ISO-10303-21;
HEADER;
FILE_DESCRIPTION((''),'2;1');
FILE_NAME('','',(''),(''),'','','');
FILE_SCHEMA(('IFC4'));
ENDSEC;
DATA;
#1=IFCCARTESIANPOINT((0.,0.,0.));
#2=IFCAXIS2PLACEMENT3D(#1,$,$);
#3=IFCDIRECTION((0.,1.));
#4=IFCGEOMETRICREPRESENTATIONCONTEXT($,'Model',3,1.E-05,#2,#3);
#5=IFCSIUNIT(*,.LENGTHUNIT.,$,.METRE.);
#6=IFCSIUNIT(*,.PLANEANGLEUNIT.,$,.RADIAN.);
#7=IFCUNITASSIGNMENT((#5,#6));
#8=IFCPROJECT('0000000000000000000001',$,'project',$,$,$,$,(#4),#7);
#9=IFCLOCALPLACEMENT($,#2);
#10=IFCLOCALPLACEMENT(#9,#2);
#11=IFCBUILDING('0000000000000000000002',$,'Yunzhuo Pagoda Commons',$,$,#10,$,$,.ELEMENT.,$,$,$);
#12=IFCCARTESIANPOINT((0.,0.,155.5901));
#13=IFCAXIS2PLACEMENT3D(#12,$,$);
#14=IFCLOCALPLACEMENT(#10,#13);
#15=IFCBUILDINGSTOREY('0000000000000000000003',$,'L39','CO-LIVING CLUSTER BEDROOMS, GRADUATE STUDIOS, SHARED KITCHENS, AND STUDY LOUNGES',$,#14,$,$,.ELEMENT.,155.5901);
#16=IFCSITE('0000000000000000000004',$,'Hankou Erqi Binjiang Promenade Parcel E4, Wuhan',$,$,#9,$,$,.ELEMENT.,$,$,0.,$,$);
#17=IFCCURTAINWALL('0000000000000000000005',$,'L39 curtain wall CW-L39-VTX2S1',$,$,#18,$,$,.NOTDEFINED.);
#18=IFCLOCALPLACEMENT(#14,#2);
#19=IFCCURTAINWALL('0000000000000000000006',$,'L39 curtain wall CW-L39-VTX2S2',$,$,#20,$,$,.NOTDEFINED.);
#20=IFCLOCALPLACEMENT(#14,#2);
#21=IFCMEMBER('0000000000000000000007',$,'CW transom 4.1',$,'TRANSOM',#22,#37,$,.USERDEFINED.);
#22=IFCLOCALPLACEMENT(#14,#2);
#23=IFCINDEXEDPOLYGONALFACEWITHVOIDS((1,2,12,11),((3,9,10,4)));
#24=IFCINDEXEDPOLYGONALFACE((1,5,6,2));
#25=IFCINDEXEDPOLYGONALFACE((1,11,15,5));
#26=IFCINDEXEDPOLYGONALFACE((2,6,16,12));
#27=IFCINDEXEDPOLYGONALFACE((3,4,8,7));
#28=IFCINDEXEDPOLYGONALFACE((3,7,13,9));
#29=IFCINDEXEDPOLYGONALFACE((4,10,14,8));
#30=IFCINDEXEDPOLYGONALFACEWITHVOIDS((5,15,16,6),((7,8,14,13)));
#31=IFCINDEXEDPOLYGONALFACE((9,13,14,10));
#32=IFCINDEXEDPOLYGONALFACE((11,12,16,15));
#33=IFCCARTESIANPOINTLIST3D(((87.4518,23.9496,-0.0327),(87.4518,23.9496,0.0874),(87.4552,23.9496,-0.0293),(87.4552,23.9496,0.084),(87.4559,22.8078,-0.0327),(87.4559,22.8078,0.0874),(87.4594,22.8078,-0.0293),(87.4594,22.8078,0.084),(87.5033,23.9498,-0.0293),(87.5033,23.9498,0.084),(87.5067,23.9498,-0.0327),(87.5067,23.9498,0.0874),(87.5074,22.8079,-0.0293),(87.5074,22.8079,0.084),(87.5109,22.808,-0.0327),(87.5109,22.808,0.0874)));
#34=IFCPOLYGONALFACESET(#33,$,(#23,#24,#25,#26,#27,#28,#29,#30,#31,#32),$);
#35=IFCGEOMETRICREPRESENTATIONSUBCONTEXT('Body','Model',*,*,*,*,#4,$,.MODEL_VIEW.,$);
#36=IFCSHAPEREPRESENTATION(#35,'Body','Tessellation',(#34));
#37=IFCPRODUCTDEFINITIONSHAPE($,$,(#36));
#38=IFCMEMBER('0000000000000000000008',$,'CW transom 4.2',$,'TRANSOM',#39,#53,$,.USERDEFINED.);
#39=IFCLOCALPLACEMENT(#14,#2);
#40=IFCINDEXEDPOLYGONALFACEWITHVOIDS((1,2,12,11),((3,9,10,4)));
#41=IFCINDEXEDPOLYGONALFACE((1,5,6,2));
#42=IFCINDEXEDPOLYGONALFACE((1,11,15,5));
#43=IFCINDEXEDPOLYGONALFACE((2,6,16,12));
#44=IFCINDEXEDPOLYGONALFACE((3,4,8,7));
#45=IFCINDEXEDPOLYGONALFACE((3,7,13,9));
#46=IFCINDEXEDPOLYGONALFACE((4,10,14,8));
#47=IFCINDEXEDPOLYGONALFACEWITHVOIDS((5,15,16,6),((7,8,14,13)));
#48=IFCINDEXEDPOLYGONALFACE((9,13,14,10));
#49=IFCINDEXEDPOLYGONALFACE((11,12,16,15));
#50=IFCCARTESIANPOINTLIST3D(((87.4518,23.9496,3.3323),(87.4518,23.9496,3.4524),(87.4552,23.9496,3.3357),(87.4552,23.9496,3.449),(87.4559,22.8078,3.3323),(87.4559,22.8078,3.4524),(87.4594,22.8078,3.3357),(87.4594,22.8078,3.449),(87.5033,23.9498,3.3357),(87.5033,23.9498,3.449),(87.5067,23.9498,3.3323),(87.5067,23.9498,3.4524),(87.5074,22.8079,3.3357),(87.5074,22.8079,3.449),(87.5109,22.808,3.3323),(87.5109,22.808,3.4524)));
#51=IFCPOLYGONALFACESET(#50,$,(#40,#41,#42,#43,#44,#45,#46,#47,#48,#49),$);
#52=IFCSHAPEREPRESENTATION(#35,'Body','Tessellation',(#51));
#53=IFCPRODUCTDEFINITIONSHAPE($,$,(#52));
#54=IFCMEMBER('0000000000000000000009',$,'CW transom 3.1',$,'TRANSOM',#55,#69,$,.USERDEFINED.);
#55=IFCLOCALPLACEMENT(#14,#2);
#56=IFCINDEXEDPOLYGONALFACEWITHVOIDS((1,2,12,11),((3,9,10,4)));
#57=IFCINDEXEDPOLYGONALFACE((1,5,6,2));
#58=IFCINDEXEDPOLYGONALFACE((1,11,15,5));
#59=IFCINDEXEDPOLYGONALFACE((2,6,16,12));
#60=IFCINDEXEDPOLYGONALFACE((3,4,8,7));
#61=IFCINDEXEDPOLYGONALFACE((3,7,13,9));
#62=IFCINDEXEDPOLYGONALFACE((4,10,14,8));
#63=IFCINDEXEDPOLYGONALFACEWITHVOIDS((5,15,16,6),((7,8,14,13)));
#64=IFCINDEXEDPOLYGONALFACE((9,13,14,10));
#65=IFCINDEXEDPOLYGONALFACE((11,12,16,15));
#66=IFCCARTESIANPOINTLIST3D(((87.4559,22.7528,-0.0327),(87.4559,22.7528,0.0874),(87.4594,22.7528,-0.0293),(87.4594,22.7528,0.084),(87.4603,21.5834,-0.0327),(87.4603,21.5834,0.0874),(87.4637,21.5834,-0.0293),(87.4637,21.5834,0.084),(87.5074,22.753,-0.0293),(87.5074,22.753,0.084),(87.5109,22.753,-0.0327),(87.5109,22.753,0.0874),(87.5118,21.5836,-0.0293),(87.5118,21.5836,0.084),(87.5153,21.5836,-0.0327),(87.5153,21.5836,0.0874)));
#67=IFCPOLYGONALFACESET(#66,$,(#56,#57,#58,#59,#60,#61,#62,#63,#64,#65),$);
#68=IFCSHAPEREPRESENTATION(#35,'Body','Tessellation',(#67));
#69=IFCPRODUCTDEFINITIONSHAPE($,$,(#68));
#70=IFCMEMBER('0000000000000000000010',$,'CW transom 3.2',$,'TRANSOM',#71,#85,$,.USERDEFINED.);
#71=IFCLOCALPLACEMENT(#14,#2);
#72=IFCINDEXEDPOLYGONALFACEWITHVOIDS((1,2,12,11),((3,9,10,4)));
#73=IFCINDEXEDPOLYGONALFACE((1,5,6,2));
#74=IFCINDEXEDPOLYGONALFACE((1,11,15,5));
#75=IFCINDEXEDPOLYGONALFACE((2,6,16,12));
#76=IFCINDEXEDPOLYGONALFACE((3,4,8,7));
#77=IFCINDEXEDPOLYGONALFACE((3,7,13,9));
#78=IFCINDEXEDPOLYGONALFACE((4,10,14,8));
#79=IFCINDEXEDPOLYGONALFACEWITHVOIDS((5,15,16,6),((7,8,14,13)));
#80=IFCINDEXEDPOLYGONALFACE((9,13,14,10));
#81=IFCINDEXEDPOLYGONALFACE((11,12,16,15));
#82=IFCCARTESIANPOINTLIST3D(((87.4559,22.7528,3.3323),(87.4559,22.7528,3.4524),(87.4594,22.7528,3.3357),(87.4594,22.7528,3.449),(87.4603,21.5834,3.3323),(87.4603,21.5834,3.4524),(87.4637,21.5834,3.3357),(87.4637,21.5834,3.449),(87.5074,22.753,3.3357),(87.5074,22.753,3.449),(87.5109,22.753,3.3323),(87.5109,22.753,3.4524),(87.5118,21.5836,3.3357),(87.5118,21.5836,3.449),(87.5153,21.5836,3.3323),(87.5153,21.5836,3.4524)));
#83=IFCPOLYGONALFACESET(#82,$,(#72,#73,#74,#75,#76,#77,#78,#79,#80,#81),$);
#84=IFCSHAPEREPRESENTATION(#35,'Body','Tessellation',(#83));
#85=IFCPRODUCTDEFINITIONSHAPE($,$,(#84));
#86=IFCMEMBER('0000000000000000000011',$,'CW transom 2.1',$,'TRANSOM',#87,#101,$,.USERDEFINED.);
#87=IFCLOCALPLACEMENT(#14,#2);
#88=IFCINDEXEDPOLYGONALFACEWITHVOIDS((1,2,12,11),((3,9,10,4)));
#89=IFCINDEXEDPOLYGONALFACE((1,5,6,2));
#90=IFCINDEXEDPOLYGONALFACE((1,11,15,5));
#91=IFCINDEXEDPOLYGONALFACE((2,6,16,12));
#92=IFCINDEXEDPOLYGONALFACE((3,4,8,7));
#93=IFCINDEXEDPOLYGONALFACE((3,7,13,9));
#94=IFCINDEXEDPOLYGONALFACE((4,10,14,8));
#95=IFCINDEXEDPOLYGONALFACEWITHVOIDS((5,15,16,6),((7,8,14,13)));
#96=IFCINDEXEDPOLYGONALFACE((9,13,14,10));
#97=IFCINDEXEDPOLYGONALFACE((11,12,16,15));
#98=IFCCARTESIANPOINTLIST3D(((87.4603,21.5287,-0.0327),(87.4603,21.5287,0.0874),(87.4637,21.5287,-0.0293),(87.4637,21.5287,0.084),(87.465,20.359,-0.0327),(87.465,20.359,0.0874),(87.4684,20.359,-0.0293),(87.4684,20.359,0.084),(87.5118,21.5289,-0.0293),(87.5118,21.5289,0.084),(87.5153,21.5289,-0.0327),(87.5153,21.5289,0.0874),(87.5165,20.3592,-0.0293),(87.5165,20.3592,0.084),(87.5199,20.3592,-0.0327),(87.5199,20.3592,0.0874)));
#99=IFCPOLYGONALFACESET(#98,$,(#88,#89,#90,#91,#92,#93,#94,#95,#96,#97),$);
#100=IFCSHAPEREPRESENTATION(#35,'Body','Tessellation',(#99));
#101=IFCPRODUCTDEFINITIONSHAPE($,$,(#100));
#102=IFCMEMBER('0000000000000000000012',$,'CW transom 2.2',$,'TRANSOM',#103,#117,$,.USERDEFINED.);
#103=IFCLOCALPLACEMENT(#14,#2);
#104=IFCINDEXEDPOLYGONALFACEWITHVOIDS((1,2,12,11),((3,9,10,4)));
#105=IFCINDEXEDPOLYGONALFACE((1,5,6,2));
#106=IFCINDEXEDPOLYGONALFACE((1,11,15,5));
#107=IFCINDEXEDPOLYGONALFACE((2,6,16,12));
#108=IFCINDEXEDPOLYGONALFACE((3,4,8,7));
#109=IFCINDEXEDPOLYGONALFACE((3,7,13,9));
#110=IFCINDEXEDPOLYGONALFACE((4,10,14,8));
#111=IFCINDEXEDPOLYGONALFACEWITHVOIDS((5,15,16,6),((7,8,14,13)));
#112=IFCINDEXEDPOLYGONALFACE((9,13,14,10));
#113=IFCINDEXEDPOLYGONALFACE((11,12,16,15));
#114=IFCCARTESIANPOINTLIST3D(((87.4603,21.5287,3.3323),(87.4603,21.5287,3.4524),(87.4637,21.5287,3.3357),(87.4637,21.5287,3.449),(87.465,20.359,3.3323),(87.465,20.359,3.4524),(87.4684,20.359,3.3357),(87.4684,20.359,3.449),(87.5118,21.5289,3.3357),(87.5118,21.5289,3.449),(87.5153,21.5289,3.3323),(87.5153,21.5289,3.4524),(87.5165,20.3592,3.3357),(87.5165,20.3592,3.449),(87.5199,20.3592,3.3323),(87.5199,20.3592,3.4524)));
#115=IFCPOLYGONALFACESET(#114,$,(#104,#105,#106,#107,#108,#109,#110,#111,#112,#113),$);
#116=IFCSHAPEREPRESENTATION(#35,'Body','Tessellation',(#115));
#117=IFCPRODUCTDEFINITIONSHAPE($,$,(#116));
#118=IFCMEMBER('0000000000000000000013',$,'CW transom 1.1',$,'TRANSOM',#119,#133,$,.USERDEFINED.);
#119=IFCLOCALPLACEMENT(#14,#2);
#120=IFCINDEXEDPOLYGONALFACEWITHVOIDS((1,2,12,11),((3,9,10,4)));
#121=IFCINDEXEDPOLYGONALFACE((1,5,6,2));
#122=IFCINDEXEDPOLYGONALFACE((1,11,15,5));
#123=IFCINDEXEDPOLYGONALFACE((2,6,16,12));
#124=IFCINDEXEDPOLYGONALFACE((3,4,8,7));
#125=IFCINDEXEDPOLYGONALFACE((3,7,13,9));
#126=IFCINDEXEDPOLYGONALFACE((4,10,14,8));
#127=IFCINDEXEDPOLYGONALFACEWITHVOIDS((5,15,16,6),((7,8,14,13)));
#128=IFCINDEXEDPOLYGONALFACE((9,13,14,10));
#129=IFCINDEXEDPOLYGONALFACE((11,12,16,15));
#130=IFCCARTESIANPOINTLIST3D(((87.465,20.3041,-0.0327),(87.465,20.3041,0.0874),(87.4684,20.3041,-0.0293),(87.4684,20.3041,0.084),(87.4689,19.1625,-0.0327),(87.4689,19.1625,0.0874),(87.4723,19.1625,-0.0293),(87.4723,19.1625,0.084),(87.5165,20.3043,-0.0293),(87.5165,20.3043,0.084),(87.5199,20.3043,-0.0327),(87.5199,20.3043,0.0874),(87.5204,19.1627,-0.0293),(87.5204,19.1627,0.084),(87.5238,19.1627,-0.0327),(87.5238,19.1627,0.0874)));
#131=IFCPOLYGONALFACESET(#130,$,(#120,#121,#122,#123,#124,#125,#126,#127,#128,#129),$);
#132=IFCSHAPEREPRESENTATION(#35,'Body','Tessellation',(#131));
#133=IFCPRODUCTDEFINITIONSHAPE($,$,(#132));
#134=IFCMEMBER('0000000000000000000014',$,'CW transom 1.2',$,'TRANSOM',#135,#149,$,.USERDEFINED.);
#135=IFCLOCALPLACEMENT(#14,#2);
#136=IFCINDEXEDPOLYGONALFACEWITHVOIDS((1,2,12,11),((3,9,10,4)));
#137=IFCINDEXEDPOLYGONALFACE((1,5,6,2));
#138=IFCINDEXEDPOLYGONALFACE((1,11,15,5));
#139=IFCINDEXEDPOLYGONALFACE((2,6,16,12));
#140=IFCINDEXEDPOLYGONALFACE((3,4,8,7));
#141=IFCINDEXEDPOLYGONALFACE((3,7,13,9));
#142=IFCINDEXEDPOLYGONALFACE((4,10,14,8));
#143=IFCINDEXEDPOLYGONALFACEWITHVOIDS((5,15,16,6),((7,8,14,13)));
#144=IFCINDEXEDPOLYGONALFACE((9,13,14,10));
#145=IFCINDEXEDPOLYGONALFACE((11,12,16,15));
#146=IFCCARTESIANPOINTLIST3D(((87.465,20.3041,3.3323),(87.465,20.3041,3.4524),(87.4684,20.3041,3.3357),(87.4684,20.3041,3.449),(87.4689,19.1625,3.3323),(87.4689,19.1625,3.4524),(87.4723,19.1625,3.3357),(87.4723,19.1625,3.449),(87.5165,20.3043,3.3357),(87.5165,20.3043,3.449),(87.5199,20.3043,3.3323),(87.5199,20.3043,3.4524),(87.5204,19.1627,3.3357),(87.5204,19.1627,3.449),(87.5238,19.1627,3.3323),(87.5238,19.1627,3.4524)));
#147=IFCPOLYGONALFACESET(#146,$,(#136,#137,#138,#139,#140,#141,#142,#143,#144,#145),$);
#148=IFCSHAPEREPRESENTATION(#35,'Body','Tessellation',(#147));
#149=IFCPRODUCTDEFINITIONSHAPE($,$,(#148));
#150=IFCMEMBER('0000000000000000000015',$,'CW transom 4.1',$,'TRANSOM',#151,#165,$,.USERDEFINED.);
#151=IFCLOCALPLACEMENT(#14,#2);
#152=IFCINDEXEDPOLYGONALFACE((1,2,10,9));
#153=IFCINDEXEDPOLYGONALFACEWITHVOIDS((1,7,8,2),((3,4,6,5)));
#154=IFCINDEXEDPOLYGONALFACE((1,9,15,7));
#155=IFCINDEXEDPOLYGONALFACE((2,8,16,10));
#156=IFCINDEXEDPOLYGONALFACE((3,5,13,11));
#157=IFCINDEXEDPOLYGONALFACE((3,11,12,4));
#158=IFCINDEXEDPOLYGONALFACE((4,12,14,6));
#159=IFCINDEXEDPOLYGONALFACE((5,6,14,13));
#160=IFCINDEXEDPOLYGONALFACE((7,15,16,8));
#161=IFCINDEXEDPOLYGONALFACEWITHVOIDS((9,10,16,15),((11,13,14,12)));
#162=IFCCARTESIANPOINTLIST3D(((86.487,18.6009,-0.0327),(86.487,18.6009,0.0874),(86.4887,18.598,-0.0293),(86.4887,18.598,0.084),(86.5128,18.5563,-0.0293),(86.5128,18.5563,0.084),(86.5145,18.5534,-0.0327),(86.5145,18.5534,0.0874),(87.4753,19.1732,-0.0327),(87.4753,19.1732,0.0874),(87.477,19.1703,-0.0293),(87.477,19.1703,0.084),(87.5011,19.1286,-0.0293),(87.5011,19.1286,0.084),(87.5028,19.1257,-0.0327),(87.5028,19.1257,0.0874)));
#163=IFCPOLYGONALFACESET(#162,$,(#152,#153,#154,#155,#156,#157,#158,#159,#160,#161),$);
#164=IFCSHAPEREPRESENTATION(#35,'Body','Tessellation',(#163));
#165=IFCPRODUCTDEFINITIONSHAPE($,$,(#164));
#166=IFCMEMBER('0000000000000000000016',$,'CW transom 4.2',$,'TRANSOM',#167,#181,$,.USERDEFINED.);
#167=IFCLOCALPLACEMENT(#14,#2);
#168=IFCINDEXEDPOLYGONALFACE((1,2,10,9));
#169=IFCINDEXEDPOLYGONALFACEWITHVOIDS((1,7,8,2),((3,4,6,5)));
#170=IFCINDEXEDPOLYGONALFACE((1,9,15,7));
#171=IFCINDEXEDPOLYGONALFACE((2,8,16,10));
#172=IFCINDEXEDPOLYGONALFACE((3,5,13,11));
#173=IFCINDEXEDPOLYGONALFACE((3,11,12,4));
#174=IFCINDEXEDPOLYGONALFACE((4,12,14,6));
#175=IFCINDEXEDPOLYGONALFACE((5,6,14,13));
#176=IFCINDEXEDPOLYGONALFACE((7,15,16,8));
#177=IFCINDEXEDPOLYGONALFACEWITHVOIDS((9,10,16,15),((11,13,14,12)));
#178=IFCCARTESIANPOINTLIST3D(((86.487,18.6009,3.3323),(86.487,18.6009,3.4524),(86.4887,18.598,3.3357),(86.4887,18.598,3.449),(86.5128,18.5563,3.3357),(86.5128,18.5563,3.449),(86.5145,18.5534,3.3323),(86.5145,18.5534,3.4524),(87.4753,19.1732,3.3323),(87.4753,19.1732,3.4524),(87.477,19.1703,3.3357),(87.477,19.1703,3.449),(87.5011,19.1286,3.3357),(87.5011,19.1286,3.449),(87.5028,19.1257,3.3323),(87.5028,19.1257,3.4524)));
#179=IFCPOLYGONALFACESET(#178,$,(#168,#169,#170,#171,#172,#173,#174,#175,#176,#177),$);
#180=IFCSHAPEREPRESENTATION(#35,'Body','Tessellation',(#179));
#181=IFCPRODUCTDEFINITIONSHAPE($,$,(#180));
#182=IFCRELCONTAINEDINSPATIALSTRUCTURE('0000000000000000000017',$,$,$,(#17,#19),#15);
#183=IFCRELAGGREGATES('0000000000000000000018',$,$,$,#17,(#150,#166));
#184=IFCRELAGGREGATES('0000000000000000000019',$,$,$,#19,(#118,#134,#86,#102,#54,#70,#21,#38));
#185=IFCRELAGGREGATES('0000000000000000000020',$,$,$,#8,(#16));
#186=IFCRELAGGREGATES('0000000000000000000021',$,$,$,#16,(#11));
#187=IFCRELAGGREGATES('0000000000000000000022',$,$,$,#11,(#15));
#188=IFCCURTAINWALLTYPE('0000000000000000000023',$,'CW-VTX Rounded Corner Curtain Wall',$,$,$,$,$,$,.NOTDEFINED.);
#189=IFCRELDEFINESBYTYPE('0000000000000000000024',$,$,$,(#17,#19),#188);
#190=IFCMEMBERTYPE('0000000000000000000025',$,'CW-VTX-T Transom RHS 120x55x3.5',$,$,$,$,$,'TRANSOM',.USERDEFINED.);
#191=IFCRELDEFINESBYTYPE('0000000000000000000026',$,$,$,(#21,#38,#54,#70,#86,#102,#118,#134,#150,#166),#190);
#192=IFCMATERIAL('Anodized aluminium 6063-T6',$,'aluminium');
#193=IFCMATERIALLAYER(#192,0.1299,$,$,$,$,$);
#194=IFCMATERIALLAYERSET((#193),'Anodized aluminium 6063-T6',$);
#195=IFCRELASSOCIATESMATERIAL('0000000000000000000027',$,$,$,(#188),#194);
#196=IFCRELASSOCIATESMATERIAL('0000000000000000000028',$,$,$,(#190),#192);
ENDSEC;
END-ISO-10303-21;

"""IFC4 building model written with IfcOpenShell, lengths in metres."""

from ifc_helpers import new_model, si_unit, direction, frame, origin, origin_2d, place, context, subcontext, project, spatial, hollow_rectangle, extrude, source, transform, mapped, material, layer, layer_set, material_profile, profile_set, type_object, element, aggregate, save


model = new_model("IFC4")

# Units and contexts
model_context = context("Model", 3, precision=1e-05, world=origin(), true_north=direction((0.0, 1.0)))
body_context = subcontext(model_context, "Body", "Model", "MODEL_VIEW")
ifc_project = project(units=[si_unit("LENGTHUNIT", "METRE"), si_unit("PLANEANGLEUNIT", "RADIAN")], contexts=[model_context])

# Site, building, storey
site_placement = place(None, origin())
site = spatial("IfcSite", under=ifc_project, at=site_placement, Name="Hankou Erqi Binjiang Promenade Parcel E4, Wuhan", CompositionType="ELEMENT", RefElevation=0.0)
building_placement = place(site_placement, origin())
building = spatial("IfcBuilding", under=site, at=building_placement, Name="Yunzhuo Pagoda Commons", CompositionType="ELEMENT")
storey_placement = place(building_placement, frame((0.0, 0.0, 155.5901)))
storey = spatial("IfcBuildingStorey", under=building, at=storey_placement, Name="L39", Description="CO-LIVING CLUSTER BEDROOMS, GRADUATE STUDIOS, SHARED KITCHENS, AND STUDY LOUNGES", CompositionType="ELEMENT", Elevation=155.5901)

# Shared definitions
ifc_material_1 = material(Name="Anodized aluminium 6063-T6", Category="aluminium")

# Curtain wall
ifc_layer_1 = layer(ifc_material_1, 0.1299)
ifc_layer_set_1 = layer_set([ifc_layer_1], Name="Anodized aluminium 6063-T6")
curtain_wall_type_1 = type_object("IfcCurtainWallType", Name="CW-VTX Rounded Corner Curtain Wall", PredefinedType="NOTDEFINED", material=ifc_layer_set_1)
curtain_wall_1_placement = place(storey_placement, origin())
curtain_wall_1 = element("IfcCurtainWall", 1, at=curtain_wall_1_placement, inside=storey, type_object=curtain_wall_type_1, Name="L39 curtain wall CW-L39-VTX2S1", PredefinedType="NOTDEFINED")

# Curtain wall
curtain_wall_2_placement = place(storey_placement, origin())
curtain_wall_2 = element("IfcCurtainWall", 2, at=curtain_wall_2_placement, inside=storey, type_object=curtain_wall_type_1, Name="L39 curtain wall CW-L39-VTX2S2", PredefinedType="NOTDEFINED")

# Members
ifc_material_profile_1 = material_profile(ifc_material_1, hollow_rectangle(XDim=0.0549, YDim=0.1201, WallThickness=0.0034, at=origin_2d()), Name="Anodized aluminium 6063-T6")
ifc_profile_set_1 = profile_set([ifc_material_profile_1], Name="Anodized aluminium 6063-T6")
member_type_1 = type_object("IfcMemberType", Name="CW-VTX-T Transom RHS 120x55x3.5", ElementType="TRANSOM", PredefinedType="USERDEFINED", material=ifc_profile_set_1)
shared_shape_1 = source(origin(), body_context, "Body", "SweptSolid", [
    extrude(hollow_rectangle(XDim=0.0549, YDim=0.1201, WallThickness=0.0034, at=origin_2d()), origin(), (0.0, 0.0, 1.0), 1.1418),
])
member_1_placement = place(storey_placement, frame((87.4834, 22.8079, 0.0273), z_axis=(-0.003635, 0.999993, 0.0), x_axis=(-0.999993, -0.003635, 0.0)))
member_1 = element("IfcMember", 3, at=member_1_placement, type_object=member_type_1, Name="CW transom 4.1", ObjectType="TRANSOM", PredefinedType="USERDEFINED", context=body_context, shape_type="MappedRepresentation", body=[
    mapped(shared_shape_1, transform((0.0, 0.0, 0.0), scale=1.0)),
])
member_2_placement = place(storey_placement, frame((87.4834, 22.8079, 3.3923), z_axis=(-0.003635, 0.999993, 0.0), x_axis=(-0.999993, -0.003635, 0.0)))
member_2 = element("IfcMember", 4, at=member_2_placement, type_object=member_type_1, Name="CW transom 4.2", ObjectType="TRANSOM", PredefinedType="USERDEFINED", context=body_context, shape_type="MappedRepresentation", body=[
    mapped(shared_shape_1, transform((0.0, 0.0, 0.0), scale=1.0)),
])
shared_shape_2 = source(origin(), body_context, "Body", "SweptSolid", [
    extrude(hollow_rectangle(XDim=0.0549, YDim=0.1201, WallThickness=0.0034, at=origin_2d()), origin(), (0.0, 0.0, 1.0), 1.1694),
])
member_3_placement = place(storey_placement, frame((87.4878, 21.5835, 0.0273), z_axis=(-0.003758, 0.999993, 0.0), x_axis=(-0.999993, -0.003758, 0.0)))
member_3 = element("IfcMember", 5, at=member_3_placement, type_object=member_type_1, Name="CW transom 3.1", ObjectType="TRANSOM", PredefinedType="USERDEFINED", context=body_context, shape_type="MappedRepresentation", body=[
    mapped(shared_shape_2, transform((0.0, 0.0, 0.0), scale=1.0)),
])
member_4_placement = place(storey_placement, frame((87.4878, 21.5835, 3.3923), z_axis=(-0.003758, 0.999993, 0.0), x_axis=(-0.999993, -0.003758, 0.0)))
member_4 = element("IfcMember", 6, at=member_4_placement, type_object=member_type_1, Name="CW transom 3.2", ObjectType="TRANSOM", PredefinedType="USERDEFINED", context=body_context, shape_type="MappedRepresentation", body=[
    mapped(shared_shape_2, transform((0.0, 0.0, 0.0), scale=1.0)),
])
shared_shape_3 = source(origin(), body_context, "Body", "SweptSolid", [
    extrude(hollow_rectangle(XDim=0.0549, YDim=0.1201, WallThickness=0.0034, at=origin_2d()), origin(), (0.0, 0.0, 1.0), 1.1697),
])
member_5_placement = place(storey_placement, frame((87.4924, 20.3591, 0.0273), z_axis=(-0.003966, 0.999992, 0.0), x_axis=(-0.999992, -0.003966, 0.0)))
member_5 = element("IfcMember", 7, at=member_5_placement, type_object=member_type_1, Name="CW transom 2.1", ObjectType="TRANSOM", PredefinedType="USERDEFINED", context=body_context, shape_type="MappedRepresentation", body=[
    mapped(shared_shape_3, transform((0.0, 0.0, 0.0), scale=1.0)),
])
member_6_placement = place(storey_placement, frame((87.4924, 20.3591, 3.3923), z_axis=(-0.003966, 0.999992, 0.0), x_axis=(-0.999992, -0.003966, 0.0)))
member_6 = element("IfcMember", 8, at=member_6_placement, type_object=member_type_1, Name="CW transom 2.2", ObjectType="TRANSOM", PredefinedType="USERDEFINED", context=body_context, shape_type="MappedRepresentation", body=[
    mapped(shared_shape_3, transform((0.0, 0.0, 0.0), scale=1.0)),
])
shared_shape_4 = source(origin(), body_context, "Body", "SweptSolid", [
    extrude(hollow_rectangle(XDim=0.0549, YDim=0.1201, WallThickness=0.0034, at=origin_2d()), origin(), (0.0, 0.0, 1.0), 1.1416),
])
member_7_placement = place(storey_placement, frame((87.4963, 19.1626, 0.0273), z_axis=(-0.003422, 0.999994, 0.0), x_axis=(-0.999994, -0.003422, 0.0)))
member_7 = element("IfcMember", 9, at=member_7_placement, type_object=member_type_1, Name="CW transom 1.1", ObjectType="TRANSOM", PredefinedType="USERDEFINED", context=body_context, shape_type="MappedRepresentation", body=[
    mapped(shared_shape_4, transform((0.0, 0.0, 0.0), scale=1.0)),
])
member_8_placement = place(storey_placement, frame((87.4963, 19.1626, 3.3923), z_axis=(-0.003422, 0.999994, 0.0), x_axis=(-0.999994, -0.003422, 0.0)))
member_8 = element("IfcMember", 10, at=member_8_placement, type_object=member_type_1, Name="CW transom 1.2", ObjectType="TRANSOM", PredefinedType="USERDEFINED", context=body_context, shape_type="MappedRepresentation", body=[
    mapped(shared_shape_4, transform((0.0, 0.0, 0.0), scale=1.0)),
])
shared_shape_5 = source(origin(), body_context, "Body", "SweptSolid", [
    extrude(hollow_rectangle(XDim=0.0549, YDim=0.1201, WallThickness=0.0034, at=origin_2d()), origin(), (0.0, 0.0, 1.0), 1.1421),
])
member_9_placement = place(storey_placement, frame((86.5007, 18.5771, 0.0273), z_axis=(0.865387, 0.501104, 0.0), x_axis=(-0.501104, 0.865387, 0.0)))
member_9 = element("IfcMember", 11, at=member_9_placement, type_object=member_type_1, Name="CW transom 4.1", ObjectType="TRANSOM", PredefinedType="USERDEFINED", context=body_context, shape_type="MappedRepresentation", body=[
    mapped(shared_shape_5, transform((0.0, 0.0, 0.0), scale=1.0)),
])
member_10_placement = place(storey_placement, frame((86.5007, 18.5771, 3.3923), z_axis=(0.865387, 0.501104, 0.0), x_axis=(-0.501104, 0.865387, 0.0)))
member_10 = element("IfcMember", 12, at=member_10_placement, type_object=member_type_1, Name="CW transom 4.2", ObjectType="TRANSOM", PredefinedType="USERDEFINED", context=body_context, shape_type="MappedRepresentation", body=[
    mapped(shared_shape_5, transform((0.0, 0.0, 0.0), scale=1.0)),
])

aggregate(curtain_wall_1, [member_9, member_10])
aggregate(curtain_wall_2, [member_7, member_8, member_5, member_6, member_3, member_4, member_1, member_2])

save(model, "model.ifc")
